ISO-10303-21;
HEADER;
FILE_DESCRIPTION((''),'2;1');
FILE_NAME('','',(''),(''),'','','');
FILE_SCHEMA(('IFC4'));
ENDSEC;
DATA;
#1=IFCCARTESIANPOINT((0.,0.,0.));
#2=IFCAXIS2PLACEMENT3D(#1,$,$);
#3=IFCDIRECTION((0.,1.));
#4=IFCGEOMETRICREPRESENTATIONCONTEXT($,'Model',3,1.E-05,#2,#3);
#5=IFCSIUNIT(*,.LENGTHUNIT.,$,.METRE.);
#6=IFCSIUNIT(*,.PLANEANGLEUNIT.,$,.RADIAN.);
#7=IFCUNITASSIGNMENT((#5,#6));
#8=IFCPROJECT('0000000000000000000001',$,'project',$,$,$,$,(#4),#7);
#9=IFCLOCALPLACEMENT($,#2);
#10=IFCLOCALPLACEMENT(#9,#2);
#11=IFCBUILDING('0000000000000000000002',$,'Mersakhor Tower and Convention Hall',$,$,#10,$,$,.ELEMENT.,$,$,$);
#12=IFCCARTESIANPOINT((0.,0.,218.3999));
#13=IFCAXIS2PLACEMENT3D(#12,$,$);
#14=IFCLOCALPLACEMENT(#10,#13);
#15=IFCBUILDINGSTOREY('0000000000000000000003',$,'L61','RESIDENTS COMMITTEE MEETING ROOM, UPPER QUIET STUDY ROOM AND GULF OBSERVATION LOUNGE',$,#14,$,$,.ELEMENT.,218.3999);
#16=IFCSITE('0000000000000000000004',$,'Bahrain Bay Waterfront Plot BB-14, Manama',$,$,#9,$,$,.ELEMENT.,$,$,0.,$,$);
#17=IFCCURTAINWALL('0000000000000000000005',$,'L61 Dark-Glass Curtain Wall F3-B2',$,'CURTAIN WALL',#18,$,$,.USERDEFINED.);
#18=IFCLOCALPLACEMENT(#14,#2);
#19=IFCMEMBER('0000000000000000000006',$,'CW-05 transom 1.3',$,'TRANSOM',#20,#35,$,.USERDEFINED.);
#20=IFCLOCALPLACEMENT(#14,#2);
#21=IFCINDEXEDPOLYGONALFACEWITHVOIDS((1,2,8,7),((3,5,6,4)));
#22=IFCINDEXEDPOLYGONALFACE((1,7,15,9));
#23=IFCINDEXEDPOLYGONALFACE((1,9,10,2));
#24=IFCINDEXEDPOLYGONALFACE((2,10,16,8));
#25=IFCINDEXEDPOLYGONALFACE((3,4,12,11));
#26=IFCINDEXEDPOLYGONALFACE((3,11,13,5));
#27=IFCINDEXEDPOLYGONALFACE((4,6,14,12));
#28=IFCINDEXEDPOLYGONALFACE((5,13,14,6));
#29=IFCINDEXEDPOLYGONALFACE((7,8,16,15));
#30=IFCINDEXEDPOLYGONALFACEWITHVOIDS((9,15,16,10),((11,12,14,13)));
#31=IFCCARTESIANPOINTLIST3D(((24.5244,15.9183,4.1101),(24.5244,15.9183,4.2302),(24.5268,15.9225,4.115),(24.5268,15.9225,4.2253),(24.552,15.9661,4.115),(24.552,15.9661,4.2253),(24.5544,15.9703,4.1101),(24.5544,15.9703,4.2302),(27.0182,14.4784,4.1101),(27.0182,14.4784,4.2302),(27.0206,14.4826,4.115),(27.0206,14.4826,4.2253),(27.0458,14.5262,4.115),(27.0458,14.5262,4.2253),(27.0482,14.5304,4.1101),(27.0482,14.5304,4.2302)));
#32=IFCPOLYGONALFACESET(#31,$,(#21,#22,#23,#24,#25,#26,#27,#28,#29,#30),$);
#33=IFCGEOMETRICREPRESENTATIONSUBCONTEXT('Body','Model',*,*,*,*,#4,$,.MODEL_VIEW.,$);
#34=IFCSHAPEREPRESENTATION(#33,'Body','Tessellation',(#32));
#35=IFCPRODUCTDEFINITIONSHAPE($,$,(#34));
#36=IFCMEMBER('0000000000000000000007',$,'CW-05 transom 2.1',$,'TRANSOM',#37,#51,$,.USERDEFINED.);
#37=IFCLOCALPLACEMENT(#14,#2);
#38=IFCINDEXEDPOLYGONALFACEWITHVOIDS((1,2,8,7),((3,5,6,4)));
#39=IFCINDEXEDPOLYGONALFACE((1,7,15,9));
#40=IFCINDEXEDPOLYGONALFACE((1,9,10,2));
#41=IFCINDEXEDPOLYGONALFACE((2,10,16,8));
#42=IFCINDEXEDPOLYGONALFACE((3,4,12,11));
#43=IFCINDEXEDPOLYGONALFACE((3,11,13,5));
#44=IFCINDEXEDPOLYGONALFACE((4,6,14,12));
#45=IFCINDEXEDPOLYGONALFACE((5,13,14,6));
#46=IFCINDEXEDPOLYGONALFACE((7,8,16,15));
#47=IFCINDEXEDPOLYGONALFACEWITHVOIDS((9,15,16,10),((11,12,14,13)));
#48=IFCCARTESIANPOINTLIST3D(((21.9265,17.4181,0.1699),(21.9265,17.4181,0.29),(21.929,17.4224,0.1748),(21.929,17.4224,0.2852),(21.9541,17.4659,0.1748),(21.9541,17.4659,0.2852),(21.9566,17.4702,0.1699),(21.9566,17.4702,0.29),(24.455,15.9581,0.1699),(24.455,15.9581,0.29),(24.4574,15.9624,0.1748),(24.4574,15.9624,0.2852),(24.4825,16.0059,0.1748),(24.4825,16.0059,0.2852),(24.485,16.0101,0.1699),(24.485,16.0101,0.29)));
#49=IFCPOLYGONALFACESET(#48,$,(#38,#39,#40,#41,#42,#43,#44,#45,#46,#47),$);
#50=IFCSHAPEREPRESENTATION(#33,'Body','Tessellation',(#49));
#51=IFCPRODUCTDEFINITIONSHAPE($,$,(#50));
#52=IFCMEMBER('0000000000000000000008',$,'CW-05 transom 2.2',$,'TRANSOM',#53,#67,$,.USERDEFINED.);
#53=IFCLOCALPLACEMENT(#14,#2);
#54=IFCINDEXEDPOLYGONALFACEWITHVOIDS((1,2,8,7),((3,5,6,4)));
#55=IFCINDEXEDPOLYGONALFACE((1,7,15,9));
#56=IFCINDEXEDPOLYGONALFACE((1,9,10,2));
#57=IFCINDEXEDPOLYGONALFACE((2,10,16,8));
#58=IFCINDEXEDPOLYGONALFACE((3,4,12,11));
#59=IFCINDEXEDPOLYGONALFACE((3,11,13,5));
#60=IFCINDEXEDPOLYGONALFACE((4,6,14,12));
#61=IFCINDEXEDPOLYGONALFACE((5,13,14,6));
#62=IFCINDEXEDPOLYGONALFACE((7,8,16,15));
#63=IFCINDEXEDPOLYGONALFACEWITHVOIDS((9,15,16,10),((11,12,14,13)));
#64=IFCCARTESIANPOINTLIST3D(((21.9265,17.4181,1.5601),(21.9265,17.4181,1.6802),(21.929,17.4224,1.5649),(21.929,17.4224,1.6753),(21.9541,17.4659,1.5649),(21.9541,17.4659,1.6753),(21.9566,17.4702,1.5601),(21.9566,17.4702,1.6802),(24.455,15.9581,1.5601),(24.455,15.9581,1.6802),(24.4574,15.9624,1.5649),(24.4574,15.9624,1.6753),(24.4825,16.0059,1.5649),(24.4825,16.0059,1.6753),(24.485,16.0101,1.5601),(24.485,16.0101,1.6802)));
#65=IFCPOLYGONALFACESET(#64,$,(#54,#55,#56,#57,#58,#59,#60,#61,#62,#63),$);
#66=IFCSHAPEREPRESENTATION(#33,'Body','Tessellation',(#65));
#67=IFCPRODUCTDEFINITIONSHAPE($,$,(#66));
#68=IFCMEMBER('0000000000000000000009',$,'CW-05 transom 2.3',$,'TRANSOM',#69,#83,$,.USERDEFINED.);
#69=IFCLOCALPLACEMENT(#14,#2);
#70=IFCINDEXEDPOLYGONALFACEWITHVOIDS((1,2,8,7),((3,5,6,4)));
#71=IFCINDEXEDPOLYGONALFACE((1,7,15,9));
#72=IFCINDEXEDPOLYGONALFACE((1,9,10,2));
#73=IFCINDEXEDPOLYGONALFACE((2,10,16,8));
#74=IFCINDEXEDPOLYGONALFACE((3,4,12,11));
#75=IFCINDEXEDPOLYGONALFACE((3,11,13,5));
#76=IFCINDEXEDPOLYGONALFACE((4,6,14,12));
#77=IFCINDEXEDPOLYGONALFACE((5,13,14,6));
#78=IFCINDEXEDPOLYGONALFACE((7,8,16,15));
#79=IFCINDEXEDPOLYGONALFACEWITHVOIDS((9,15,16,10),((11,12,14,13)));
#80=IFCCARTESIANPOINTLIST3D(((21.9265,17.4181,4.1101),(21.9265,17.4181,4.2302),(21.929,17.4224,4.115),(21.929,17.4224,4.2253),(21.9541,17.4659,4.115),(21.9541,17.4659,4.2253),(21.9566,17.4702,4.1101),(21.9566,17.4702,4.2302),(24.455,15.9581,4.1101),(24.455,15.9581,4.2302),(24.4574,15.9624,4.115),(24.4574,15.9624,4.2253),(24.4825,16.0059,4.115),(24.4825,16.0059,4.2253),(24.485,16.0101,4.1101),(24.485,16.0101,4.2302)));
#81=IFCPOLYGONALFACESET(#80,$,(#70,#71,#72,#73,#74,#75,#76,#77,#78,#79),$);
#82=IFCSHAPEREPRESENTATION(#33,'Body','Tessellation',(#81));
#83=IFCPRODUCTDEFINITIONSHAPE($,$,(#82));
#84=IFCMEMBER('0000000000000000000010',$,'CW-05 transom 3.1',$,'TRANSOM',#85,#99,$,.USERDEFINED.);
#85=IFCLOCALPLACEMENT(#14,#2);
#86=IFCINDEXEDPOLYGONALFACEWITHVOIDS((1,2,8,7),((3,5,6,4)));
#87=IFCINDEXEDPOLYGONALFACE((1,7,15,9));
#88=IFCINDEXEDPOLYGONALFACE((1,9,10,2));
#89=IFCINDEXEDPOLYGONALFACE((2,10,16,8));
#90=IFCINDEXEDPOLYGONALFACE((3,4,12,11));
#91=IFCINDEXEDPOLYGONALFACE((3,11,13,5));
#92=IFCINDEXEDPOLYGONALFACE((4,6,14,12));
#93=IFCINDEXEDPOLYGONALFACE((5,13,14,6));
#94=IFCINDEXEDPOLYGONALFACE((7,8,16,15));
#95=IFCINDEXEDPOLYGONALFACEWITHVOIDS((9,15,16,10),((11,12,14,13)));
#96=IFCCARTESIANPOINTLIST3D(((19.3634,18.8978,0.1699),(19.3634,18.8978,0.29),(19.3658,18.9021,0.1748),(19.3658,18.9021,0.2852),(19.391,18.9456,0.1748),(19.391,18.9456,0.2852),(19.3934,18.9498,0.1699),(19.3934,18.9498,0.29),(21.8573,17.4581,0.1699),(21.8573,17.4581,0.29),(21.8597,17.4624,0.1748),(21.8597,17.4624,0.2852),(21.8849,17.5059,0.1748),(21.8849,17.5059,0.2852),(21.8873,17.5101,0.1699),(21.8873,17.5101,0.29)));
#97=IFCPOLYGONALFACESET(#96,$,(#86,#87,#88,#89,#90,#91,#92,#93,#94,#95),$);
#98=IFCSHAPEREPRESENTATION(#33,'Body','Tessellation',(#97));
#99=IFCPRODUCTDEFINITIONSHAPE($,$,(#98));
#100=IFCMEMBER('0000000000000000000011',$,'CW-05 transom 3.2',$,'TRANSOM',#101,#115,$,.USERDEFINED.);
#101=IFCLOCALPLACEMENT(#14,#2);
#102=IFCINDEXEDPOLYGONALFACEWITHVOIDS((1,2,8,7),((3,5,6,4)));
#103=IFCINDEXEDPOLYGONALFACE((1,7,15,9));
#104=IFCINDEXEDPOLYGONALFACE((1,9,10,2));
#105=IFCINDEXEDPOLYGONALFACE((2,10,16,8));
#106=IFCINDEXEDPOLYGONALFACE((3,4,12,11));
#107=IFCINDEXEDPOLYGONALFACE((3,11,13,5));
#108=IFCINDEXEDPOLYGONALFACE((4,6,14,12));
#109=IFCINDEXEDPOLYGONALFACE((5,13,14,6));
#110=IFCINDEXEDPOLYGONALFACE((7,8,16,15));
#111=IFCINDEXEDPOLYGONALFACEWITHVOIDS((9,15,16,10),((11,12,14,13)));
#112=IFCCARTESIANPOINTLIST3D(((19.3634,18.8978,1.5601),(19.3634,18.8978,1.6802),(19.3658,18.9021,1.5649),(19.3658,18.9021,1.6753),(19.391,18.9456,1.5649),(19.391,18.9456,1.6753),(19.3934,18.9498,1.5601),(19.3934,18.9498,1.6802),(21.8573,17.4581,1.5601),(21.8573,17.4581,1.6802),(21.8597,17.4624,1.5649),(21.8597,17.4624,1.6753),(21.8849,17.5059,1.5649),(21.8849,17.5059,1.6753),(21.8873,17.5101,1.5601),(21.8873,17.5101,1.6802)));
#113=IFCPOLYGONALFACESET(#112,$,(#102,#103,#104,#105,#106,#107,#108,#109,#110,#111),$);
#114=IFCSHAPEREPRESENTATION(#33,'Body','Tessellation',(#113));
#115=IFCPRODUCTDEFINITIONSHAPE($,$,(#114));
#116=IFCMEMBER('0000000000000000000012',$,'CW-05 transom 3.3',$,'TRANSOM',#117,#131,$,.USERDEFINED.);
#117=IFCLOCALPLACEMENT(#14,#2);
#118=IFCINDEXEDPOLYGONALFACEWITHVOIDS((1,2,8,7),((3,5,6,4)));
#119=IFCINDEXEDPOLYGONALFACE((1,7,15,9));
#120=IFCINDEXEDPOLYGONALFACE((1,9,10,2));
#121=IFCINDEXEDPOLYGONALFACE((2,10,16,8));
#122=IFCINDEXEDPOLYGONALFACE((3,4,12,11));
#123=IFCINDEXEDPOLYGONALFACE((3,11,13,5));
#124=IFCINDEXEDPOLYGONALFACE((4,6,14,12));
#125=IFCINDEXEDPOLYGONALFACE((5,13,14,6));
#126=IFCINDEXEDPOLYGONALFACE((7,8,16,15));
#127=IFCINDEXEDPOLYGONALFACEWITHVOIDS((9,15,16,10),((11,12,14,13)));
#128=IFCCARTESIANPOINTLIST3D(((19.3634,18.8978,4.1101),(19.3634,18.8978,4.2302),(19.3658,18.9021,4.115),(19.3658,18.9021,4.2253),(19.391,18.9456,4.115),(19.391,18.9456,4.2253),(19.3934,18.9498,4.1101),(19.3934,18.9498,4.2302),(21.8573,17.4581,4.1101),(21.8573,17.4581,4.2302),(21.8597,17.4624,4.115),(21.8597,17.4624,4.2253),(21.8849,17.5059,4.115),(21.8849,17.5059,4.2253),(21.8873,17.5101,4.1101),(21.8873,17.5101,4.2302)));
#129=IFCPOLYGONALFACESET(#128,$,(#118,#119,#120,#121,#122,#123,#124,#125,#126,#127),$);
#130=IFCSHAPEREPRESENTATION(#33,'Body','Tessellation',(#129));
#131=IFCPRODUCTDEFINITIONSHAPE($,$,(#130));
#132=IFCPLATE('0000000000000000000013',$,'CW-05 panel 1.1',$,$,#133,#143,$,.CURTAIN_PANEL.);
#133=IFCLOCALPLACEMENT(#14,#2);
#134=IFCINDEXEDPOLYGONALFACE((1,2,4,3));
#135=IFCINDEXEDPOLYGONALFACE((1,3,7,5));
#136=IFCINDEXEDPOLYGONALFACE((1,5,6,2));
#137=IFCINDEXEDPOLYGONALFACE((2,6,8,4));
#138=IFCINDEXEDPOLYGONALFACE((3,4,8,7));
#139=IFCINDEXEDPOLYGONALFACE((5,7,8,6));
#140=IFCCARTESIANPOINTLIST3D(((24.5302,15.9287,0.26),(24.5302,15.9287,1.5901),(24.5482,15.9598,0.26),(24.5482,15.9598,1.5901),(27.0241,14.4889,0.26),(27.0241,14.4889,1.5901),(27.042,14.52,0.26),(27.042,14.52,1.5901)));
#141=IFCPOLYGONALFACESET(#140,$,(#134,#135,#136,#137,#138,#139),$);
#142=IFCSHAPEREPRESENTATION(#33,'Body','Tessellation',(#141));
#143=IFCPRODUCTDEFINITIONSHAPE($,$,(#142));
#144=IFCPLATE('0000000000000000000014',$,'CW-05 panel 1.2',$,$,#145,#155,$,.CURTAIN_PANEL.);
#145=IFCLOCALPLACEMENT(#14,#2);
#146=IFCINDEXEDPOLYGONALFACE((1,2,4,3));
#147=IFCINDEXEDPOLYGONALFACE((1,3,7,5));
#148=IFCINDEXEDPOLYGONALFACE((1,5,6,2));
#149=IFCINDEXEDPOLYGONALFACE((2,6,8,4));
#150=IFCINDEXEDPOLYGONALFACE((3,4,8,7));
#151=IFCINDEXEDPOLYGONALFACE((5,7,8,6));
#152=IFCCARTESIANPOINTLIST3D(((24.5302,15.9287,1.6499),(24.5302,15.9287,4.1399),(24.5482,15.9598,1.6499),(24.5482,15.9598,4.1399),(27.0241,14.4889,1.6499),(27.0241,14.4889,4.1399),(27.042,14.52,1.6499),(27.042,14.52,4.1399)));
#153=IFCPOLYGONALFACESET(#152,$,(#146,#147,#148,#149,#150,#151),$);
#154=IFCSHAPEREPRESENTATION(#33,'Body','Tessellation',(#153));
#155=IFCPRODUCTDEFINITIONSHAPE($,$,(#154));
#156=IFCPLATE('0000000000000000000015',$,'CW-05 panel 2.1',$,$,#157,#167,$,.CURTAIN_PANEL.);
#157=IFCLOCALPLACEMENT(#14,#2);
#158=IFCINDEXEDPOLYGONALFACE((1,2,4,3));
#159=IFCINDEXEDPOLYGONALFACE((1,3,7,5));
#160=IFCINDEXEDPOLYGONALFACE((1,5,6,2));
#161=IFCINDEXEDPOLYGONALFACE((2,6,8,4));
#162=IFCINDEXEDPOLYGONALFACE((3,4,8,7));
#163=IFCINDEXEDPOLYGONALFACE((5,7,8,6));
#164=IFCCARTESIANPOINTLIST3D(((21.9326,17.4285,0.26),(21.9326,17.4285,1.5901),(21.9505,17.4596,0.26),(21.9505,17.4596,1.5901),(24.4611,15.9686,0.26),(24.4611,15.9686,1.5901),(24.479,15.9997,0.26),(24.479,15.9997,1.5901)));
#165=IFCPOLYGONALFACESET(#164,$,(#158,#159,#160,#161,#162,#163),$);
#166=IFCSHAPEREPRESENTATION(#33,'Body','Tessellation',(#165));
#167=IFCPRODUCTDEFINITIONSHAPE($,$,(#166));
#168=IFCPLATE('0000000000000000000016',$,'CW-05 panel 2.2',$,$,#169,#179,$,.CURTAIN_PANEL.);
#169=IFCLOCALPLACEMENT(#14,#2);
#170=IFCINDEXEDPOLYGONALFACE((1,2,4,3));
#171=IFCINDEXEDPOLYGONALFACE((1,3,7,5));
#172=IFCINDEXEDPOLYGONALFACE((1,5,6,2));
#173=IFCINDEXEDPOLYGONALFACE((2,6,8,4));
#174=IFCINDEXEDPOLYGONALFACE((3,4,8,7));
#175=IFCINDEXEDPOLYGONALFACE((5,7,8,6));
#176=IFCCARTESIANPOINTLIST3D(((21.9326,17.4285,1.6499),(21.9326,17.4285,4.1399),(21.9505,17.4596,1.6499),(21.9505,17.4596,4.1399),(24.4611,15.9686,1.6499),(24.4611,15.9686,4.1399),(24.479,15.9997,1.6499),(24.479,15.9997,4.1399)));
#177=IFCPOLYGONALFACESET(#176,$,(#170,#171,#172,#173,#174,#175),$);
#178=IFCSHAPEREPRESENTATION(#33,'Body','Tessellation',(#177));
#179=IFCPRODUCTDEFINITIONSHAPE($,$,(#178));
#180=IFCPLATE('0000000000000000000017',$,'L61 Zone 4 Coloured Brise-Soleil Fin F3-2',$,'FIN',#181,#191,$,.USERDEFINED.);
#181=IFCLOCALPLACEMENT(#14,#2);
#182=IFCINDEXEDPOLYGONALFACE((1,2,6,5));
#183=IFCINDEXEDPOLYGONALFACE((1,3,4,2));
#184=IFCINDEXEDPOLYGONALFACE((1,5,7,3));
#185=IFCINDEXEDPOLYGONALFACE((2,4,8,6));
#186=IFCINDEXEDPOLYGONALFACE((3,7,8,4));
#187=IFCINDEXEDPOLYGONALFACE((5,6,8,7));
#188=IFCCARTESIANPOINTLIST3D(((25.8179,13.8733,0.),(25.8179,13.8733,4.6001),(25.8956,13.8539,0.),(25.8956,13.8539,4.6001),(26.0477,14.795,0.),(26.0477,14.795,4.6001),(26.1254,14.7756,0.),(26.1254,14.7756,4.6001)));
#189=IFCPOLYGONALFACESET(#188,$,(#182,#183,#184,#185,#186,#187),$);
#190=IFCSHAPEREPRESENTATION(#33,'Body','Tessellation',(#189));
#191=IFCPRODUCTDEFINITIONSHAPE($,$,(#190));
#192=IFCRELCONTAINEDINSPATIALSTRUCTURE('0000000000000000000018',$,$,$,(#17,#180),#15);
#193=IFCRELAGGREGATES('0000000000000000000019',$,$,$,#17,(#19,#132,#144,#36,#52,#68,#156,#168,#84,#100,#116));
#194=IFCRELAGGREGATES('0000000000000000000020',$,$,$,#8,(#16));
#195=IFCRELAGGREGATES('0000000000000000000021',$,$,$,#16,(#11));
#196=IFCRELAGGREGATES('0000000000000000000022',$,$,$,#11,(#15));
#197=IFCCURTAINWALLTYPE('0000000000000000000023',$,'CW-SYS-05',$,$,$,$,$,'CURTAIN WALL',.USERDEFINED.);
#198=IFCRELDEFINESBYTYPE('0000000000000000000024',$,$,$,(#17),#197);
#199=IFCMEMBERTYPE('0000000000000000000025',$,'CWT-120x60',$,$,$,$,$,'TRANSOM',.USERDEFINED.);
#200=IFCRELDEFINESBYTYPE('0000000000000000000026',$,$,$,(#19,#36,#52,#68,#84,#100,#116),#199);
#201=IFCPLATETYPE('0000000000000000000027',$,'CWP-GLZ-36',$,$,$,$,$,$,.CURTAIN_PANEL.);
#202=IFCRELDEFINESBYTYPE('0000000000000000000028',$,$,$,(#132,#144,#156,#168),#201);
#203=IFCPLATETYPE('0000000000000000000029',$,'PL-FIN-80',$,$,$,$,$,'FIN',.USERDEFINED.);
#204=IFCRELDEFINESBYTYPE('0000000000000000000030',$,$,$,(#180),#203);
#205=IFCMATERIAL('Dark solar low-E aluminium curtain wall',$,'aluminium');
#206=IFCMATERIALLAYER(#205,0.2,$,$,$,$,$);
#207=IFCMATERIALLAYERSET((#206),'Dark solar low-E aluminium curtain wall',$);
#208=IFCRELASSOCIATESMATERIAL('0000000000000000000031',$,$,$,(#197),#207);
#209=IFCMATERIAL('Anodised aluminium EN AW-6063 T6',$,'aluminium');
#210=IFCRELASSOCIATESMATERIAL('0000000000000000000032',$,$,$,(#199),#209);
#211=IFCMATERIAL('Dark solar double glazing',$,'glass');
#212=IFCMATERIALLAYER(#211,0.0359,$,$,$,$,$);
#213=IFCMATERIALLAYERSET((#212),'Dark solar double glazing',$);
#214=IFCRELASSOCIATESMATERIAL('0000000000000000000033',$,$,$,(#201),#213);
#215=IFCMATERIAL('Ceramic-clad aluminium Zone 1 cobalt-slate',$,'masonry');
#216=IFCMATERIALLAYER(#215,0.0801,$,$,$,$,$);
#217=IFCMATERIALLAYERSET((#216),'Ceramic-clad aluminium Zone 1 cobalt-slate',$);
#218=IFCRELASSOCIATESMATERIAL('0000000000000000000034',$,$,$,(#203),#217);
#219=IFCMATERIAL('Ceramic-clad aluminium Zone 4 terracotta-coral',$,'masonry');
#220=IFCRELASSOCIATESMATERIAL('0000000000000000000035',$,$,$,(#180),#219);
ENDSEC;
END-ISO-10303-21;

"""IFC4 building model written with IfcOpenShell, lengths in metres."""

from ifc_helpers import new_model, si_unit, direction, frame, origin, origin_2d, place, context, subcontext, project, spatial, rectangle, hollow_rectangle, extrude, material, layer, layer_set, material_profile, profile_set, type_object, element, aggregate, save


model = new_model("IFC4")

# Units and contexts
model_context = context("Model", 3, precision=1e-05, world=origin(), true_north=direction((0.0, 1.0)))
body_context = subcontext(model_context, "Body", "Model", "MODEL_VIEW")
ifc_project = project(units=[si_unit("LENGTHUNIT", "METRE"), si_unit("PLANEANGLEUNIT", "RADIAN")], contexts=[model_context])

# Site, building, storey
site_placement = place(None, origin())
site = spatial("IfcSite", under=ifc_project, at=site_placement, Name="Bahrain Bay Waterfront Plot BB-14, Manama", CompositionType="ELEMENT", RefElevation=0.0)
building_placement = place(site_placement, origin())
building = spatial("IfcBuilding", under=site, at=building_placement, Name="Mersakhor Tower and Convention Hall", CompositionType="ELEMENT")
storey_placement = place(building_placement, frame((0.0, 0.0, 218.3999)))
storey = spatial("IfcBuildingStorey", under=building, at=storey_placement, Name="L61", Description="RESIDENTS COMMITTEE MEETING ROOM, UPPER QUIET STUDY ROOM AND GULF OBSERVATION LOUNGE", CompositionType="ELEMENT", Elevation=218.3999)

# Curtain wall, members, plates
ifc_material_1 = material(Name="Dark solar low-E aluminium curtain wall", Category="aluminium")
ifc_layer_1 = layer(ifc_material_1, 0.2)
ifc_layer_set_1 = layer_set([ifc_layer_1], Name="Dark solar low-E aluminium curtain wall")
curtain_wall_type = type_object("IfcCurtainWallType", Name="CW-SYS-05", ElementType="CURTAIN WALL", PredefinedType="USERDEFINED", material=ifc_layer_set_1)
curtain_wall_placement = place(storey_placement, origin())
curtain_wall = element("IfcCurtainWall", 1, at=curtain_wall_placement, inside=storey, type_object=curtain_wall_type, Name="L61 Dark-Glass Curtain Wall F3-B2", ObjectType="CURTAIN WALL", PredefinedType="USERDEFINED")
ifc_material_2 = material(Name="Anodised aluminium EN AW-6063 T6", Category="aluminium")
ifc_material_profile_1 = material_profile(ifc_material_2, hollow_rectangle(XDim=0.0601, YDim=0.1201, WallThickness=0.0049, at=origin_2d()), Name="RHS 120x60x5")
ifc_profile_set_1 = profile_set([ifc_material_profile_1], Name="Anodised aluminium EN AW-6063 T6")
member_type_1 = type_object("IfcMemberType", Name="CWT-120x60", ElementType="TRANSOM", PredefinedType="USERDEFINED", material=ifc_profile_set_1)
member_1_placement = place(storey_placement, frame((27.0332, 14.5044, 4.1702), z_axis=(-0.866012, 0.500023, 0.0), x_axis=(-0.500023, -0.866012, 0.0)))
member_1 = element("IfcMember", 2, at=member_1_placement, type_object=member_type_1, Name="CW-05 transom 1.3", ObjectType="TRANSOM", PredefinedType="USERDEFINED", context=body_context, shape_type="SweptSolid", body=[
    extrude(hollow_rectangle(XDim=0.0601, YDim=0.1201, WallThickness=0.0049, at=origin_2d()), origin(), (0.0, 0.0, 1.0), 2.8796),
])
member_2_placement = place(storey_placement, frame((24.47, 15.9841, 0.23), z_axis=(-0.865991, 0.50006, 0.0), x_axis=(-0.50006, -0.865991, 0.0)))
member_2 = element("IfcMember", 3, at=member_2_placement, type_object=member_type_1, Name="CW-05 transom 2.1", ObjectType="TRANSOM", PredefinedType="USERDEFINED", context=body_context, shape_type="SweptSolid", body=[
    extrude(hollow_rectangle(XDim=0.0601, YDim=0.1201, WallThickness=0.0049, at=origin_2d()), origin(), (0.0, 0.0, 1.0), 2.9197),
])
member_3_placement = place(storey_placement, frame((24.47, 15.9841, 1.6201), z_axis=(-0.865991, 0.50006, 0.0), x_axis=(-0.50006, -0.865991, 0.0)))
member_3 = element("IfcMember", 4, at=member_3_placement, type_object=member_type_1, Name="CW-05 transom 2.2", ObjectType="TRANSOM", PredefinedType="USERDEFINED", context=body_context, shape_type="SweptSolid", body=[
    extrude(hollow_rectangle(XDim=0.0601, YDim=0.1201, WallThickness=0.0049, at=origin_2d()), origin(), (0.0, 0.0, 1.0), 2.9197),
])
member_4_placement = place(storey_placement, frame((24.47, 15.9841, 4.1702), z_axis=(-0.865991, 0.50006, 0.0), x_axis=(-0.50006, -0.865991, 0.0)))
member_4 = element("IfcMember", 5, at=member_4_placement, type_object=member_type_1, Name="CW-05 transom 2.3", ObjectType="TRANSOM", PredefinedType="USERDEFINED", context=body_context, shape_type="SweptSolid", body=[
    extrude(hollow_rectangle(XDim=0.0601, YDim=0.1201, WallThickness=0.0049, at=origin_2d()), origin(), (0.0, 0.0, 1.0), 2.9197),
])
member_5_placement = place(storey_placement, frame((21.8723, 17.4841, 0.23), z_axis=(-0.866049, 0.49996, 0.0), x_axis=(-0.49996, -0.866049, 0.0)))
member_5 = element("IfcMember", 6, at=member_5_placement, type_object=member_type_1, Name="CW-05 transom 3.1", ObjectType="TRANSOM", PredefinedType="USERDEFINED", context=body_context, shape_type="SweptSolid", body=[
    extrude(hollow_rectangle(XDim=0.0601, YDim=0.1201, WallThickness=0.0049, at=origin_2d()), origin(), (0.0, 0.0, 1.0), 2.8796),
])
member_6_placement = place(storey_placement, frame((21.8723, 17.4841, 1.6201), z_axis=(-0.866049, 0.49996, 0.0), x_axis=(-0.49996, -0.866049, 0.0)))
member_6 = element("IfcMember", 7, at=member_6_placement, type_object=member_type_1, Name="CW-05 transom 3.2", ObjectType="TRANSOM", PredefinedType="USERDEFINED", context=body_context, shape_type="SweptSolid", body=[
    extrude(hollow_rectangle(XDim=0.0601, YDim=0.1201, WallThickness=0.0049, at=origin_2d()), origin(), (0.0, 0.0, 1.0), 2.8796),
])
member_7_placement = place(storey_placement, frame((21.8723, 17.4841, 4.1702), z_axis=(-0.866049, 0.49996, 0.0), x_axis=(-0.49996, -0.866049, 0.0)))
member_7 = element("IfcMember", 8, at=member_7_placement, type_object=member_type_1, Name="CW-05 transom 3.3", ObjectType="TRANSOM", PredefinedType="USERDEFINED", context=body_context, shape_type="SweptSolid", body=[
    extrude(hollow_rectangle(XDim=0.0601, YDim=0.1201, WallThickness=0.0049, at=origin_2d()), origin(), (0.0, 0.0, 1.0), 2.8796),
])
ifc_material_3 = material(Name="Dark solar double glazing", Category="glass")
ifc_layer_2 = layer(ifc_material_3, 0.0359)
ifc_layer_set_2 = layer_set([ifc_layer_2], Name="Dark solar double glazing")
plate_type_1 = type_object("IfcPlateType", Name="CWP-GLZ-36", PredefinedType="CURTAIN_PANEL", material=ifc_layer_set_2)
plate_1_placement = place(storey_placement, frame((25.7861, 15.2244, 0.26), z_axis=(0.0, 0.0, 1.0), x_axis=(-0.866021, 0.500008, 0.0)))
plate_1 = element("IfcPlate", 9, at=plate_1_placement, type_object=plate_type_1, Name="CW-05 panel 1.1", PredefinedType="CURTAIN_PANEL", context=body_context, shape_type="SweptSolid", body=[
    extrude(rectangle(XDim=2.8796, YDim=0.0359, at=origin_2d()), origin(), (0.0, 0.0, 1.0), 1.3301),
])
plate_2_placement = place(storey_placement, frame((25.7861, 15.2244, 1.6499), z_axis=(0.0, 0.0, 1.0), x_axis=(-0.866021, 0.500008, 0.0)))
plate_2 = element("IfcPlate", 10, at=plate_2_placement, type_object=plate_type_1, Name="CW-05 panel 1.2", PredefinedType="CURTAIN_PANEL", context=body_context, shape_type="SweptSolid", body=[
    extrude(rectangle(XDim=2.8796, YDim=0.0359, at=origin_2d()), origin(), (0.0, 0.0, 1.0), 2.49),
])
plate_3_placement = place(storey_placement, frame((23.2058, 16.7141, 0.26), z_axis=(0.0, 0.0, 1.0), x_axis=(-0.866021, 0.500008, 0.0)))
plate_3 = element("IfcPlate", 11, at=plate_3_placement, type_object=plate_type_1, Name="CW-05 panel 2.1", PredefinedType="CURTAIN_PANEL", context=body_context, shape_type="SweptSolid", body=[
    extrude(rectangle(XDim=2.9197, YDim=0.0359, at=origin_2d()), origin(), (0.0, 0.0, 1.0), 1.3301),
])
plate_4_placement = place(storey_placement, frame((23.2058, 16.7141, 1.6499), z_axis=(0.0, 0.0, 1.0), x_axis=(-0.866021, 0.500008, 0.0)))
plate_4 = element("IfcPlate", 12, at=plate_4_placement, type_object=plate_type_1, Name="CW-05 panel 2.2", PredefinedType="CURTAIN_PANEL", context=body_context, shape_type="SweptSolid", body=[
    extrude(rectangle(XDim=2.9197, YDim=0.0359, at=origin_2d()), origin(), (0.0, 0.0, 1.0), 2.49),
])
aggregate(curtain_wall, [member_1, plate_1, plate_2, member_2, member_3, member_4, plate_3, plate_4, member_5, member_6, member_7])

# Plate
ifc_material_4 = material(Name="Ceramic-clad aluminium Zone 4 terracotta-coral", Category="masonry")
ifc_material_5 = material(Name="Ceramic-clad aluminium Zone 1 cobalt-slate", Category="masonry")
ifc_layer_3 = layer(ifc_material_5, 0.0801)
ifc_layer_set_3 = layer_set([ifc_layer_3], Name="Ceramic-clad aluminium Zone 1 cobalt-slate")
plate_type_2 = type_object("IfcPlateType", Name="PL-FIN-80", ElementType="FIN", PredefinedType="USERDEFINED", material=ifc_layer_set_3)
plate_5_placement = place(storey_placement, frame((25.9717, 14.3245, 0.0), z_axis=(0.0, 0.0, 1.0), x_axis=(-0.241922, -0.970296, 0.0)))
element("IfcPlate", 13, at=plate_5_placement, inside=storey, type_object=plate_type_2, material=ifc_material_4, Name="L61 Zone 4 Coloured Brise-Soleil Fin F3-2", ObjectType="FIN", PredefinedType="USERDEFINED", context=body_context, shape_type="SweptSolid", body=[
    extrude(rectangle(XDim=0.95, YDim=0.0801, at=origin_2d()), origin(), (0.0, 0.0, 1.0), 4.6001),
])

save(model, "model.ifc")
